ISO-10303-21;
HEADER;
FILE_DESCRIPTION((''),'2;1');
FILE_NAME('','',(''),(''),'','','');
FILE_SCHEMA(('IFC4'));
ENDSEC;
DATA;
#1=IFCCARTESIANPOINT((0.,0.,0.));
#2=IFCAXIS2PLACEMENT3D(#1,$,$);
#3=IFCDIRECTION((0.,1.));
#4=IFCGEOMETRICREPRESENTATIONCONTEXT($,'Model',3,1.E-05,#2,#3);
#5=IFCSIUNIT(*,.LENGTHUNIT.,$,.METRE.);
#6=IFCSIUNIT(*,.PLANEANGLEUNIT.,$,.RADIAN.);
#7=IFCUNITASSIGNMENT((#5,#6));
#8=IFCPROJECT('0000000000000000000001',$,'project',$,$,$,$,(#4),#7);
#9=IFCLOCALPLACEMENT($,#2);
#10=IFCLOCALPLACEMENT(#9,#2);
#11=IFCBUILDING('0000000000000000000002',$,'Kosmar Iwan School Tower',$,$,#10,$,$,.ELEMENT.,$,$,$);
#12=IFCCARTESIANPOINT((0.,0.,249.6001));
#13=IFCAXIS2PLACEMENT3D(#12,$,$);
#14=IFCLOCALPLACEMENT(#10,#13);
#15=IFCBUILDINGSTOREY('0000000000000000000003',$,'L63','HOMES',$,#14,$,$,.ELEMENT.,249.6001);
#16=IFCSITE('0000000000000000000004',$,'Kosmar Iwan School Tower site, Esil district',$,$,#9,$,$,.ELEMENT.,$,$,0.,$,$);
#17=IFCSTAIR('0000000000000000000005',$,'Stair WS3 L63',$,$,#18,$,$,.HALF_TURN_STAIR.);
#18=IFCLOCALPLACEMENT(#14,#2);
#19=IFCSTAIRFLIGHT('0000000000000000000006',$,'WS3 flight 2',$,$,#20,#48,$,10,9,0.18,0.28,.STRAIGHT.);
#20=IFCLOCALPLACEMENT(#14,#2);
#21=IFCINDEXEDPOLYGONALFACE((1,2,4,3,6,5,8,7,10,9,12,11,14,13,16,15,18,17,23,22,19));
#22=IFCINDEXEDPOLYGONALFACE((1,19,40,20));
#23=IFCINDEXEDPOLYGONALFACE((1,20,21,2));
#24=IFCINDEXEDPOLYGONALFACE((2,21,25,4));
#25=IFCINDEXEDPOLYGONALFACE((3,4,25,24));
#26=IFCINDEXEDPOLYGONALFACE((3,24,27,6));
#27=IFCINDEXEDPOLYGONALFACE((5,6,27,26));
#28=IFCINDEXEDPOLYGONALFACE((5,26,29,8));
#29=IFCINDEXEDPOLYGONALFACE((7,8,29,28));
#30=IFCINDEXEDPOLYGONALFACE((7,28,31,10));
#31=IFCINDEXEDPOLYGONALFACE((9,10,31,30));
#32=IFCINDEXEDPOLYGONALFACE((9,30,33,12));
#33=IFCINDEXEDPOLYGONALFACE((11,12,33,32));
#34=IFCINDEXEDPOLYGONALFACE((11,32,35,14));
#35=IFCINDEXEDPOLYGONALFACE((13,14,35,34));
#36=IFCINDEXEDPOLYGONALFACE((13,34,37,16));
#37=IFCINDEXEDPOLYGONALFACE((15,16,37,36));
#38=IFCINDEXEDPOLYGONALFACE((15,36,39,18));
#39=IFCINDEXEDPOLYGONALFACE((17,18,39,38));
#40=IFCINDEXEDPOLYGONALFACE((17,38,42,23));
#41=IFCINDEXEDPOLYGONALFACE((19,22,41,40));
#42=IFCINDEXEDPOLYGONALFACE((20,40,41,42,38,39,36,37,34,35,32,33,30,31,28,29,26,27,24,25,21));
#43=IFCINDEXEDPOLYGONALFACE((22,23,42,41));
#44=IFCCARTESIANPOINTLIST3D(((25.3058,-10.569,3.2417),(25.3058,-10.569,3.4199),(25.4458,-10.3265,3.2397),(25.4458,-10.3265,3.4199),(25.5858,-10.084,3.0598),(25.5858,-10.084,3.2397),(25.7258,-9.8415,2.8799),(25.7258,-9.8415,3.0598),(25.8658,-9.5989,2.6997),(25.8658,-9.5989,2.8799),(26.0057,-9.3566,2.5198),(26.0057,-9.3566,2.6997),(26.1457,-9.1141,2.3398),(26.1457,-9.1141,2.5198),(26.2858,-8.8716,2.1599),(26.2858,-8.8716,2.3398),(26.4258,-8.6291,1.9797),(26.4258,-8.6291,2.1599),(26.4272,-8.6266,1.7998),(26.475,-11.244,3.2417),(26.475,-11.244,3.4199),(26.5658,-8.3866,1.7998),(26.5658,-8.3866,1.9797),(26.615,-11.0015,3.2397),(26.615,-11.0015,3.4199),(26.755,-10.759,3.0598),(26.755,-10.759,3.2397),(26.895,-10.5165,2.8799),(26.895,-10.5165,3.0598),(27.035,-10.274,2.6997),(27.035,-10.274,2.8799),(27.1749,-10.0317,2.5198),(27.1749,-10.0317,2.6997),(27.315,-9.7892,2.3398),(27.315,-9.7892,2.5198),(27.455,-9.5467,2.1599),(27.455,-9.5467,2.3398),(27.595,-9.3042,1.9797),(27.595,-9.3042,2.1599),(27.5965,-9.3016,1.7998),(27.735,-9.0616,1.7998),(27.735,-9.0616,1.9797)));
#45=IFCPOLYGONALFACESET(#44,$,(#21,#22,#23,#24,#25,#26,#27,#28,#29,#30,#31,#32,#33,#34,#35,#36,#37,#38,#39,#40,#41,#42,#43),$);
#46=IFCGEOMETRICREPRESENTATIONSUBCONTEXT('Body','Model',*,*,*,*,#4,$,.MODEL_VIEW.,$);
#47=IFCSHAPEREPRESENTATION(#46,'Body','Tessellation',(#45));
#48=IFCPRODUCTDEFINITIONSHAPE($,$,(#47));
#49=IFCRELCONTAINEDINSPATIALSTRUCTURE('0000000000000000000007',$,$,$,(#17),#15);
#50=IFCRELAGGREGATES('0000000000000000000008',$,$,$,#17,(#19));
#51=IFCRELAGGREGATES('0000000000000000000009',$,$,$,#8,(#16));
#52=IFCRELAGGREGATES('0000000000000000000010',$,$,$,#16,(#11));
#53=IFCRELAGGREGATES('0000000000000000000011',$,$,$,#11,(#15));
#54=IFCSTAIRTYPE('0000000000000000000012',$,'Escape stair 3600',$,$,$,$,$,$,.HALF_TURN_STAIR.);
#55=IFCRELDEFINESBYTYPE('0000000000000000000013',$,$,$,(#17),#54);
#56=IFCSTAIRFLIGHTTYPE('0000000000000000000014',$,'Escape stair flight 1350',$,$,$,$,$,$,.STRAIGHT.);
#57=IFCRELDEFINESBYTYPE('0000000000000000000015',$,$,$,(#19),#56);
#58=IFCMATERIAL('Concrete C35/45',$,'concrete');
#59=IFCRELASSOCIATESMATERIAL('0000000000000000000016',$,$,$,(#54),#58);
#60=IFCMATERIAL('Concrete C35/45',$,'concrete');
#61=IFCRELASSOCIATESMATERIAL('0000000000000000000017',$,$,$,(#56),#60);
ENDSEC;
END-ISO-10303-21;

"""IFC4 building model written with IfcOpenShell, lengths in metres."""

from ifc_helpers import new_model, si_unit, direction, frame, origin, place, context, subcontext, project, spatial, polyline, outline, extrude, material, type_object, element, aggregate, save


model = new_model("IFC4")

# Units and contexts
model_context = context("Model", 3, precision=1e-05, world=origin(), true_north=direction((0.0, 1.0)))
body_context = subcontext(model_context, "Body", "Model", "MODEL_VIEW")
ifc_project = project(units=[si_unit("LENGTHUNIT", "METRE"), si_unit("PLANEANGLEUNIT", "RADIAN")], contexts=[model_context])

# Site, building, storey
site_placement = place(None, origin())
site = spatial("IfcSite", under=ifc_project, at=site_placement, Name="Kosmar Iwan School Tower site, Esil district", CompositionType="ELEMENT", RefElevation=0.0)
building_placement = place(site_placement, origin())
building = spatial("IfcBuilding", under=site, at=building_placement, Name="Kosmar Iwan School Tower", CompositionType="ELEMENT")
storey_placement = place(building_placement, frame((0.0, 0.0, 249.6001)))
storey = spatial("IfcBuildingStorey", under=building, at=storey_placement, Name="L63", Description="HOMES", CompositionType="ELEMENT", Elevation=249.6001)

# Stair, stair flight
ifc_material_1 = material(Name="Concrete C35/45", Category="concrete")
stair_type = type_object("IfcStairType", Name="Escape stair 3600", PredefinedType="HALF_TURN_STAIR", material=ifc_material_1)
stair_placement = place(storey_placement, origin())
stair = element("IfcStair", 1, at=stair_placement, inside=storey, type_object=stair_type, Name="Stair WS3 L63", PredefinedType="HALF_TURN_STAIR")
ifc_material_2 = material(Name="Concrete C35/45", Category="concrete")
stair_flight_type = type_object("IfcStairFlightType", Name="Escape stair flight 1350", PredefinedType="STRAIGHT", material=ifc_material_2)
stair_flight_placement = place(storey_placement, frame((27.1504, -8.7241, 1.7998), z_axis=(0.0, 0.0, 1.0), x_axis=(-0.5, -0.866025, 0.0)))
stair_flight = element("IfcStairFlight", 2, at=stair_flight_placement, type_object=stair_flight_type, Name="WS3 flight 2", NumberOfRisers=10, NumberOfTreads=9, PredefinedType="STRAIGHT", RiserHeight=0.18, TreadLength=0.28, context=body_context, shape_type="SweptSolid", body=[
    extrude(outline(polyline([(0.0, 0.0), (0.0, 0.1799), (0.28, 0.1799), (0.28, 0.3601), (0.5601, 0.3601), (0.5601, 0.54), (0.8401, 0.54), (0.8401, 0.72), (1.1201, 0.72), (1.1201, 0.8999), (1.3999, 0.8999), (1.3999, 1.0801), (1.6799, 1.0801), (1.6799, 1.26), (1.96, 1.26), (1.96, 1.4399), (2.24, 1.4399), (2.24, 1.6201), (2.52, 1.6201), (2.52, 1.8), (2.52, 1.4419), (0.2771, 0.0), (0.0, 0.0)])), frame((0.0, 0.675, 0.0), z_axis=(0.0, -1.0, 0.0), x_axis=(1.0, 0.0, 0.0)), (0.0, 0.0, 1.0), 1.3501),
])
aggregate(stair, [stair_flight])

save(model, "model.ifc")
